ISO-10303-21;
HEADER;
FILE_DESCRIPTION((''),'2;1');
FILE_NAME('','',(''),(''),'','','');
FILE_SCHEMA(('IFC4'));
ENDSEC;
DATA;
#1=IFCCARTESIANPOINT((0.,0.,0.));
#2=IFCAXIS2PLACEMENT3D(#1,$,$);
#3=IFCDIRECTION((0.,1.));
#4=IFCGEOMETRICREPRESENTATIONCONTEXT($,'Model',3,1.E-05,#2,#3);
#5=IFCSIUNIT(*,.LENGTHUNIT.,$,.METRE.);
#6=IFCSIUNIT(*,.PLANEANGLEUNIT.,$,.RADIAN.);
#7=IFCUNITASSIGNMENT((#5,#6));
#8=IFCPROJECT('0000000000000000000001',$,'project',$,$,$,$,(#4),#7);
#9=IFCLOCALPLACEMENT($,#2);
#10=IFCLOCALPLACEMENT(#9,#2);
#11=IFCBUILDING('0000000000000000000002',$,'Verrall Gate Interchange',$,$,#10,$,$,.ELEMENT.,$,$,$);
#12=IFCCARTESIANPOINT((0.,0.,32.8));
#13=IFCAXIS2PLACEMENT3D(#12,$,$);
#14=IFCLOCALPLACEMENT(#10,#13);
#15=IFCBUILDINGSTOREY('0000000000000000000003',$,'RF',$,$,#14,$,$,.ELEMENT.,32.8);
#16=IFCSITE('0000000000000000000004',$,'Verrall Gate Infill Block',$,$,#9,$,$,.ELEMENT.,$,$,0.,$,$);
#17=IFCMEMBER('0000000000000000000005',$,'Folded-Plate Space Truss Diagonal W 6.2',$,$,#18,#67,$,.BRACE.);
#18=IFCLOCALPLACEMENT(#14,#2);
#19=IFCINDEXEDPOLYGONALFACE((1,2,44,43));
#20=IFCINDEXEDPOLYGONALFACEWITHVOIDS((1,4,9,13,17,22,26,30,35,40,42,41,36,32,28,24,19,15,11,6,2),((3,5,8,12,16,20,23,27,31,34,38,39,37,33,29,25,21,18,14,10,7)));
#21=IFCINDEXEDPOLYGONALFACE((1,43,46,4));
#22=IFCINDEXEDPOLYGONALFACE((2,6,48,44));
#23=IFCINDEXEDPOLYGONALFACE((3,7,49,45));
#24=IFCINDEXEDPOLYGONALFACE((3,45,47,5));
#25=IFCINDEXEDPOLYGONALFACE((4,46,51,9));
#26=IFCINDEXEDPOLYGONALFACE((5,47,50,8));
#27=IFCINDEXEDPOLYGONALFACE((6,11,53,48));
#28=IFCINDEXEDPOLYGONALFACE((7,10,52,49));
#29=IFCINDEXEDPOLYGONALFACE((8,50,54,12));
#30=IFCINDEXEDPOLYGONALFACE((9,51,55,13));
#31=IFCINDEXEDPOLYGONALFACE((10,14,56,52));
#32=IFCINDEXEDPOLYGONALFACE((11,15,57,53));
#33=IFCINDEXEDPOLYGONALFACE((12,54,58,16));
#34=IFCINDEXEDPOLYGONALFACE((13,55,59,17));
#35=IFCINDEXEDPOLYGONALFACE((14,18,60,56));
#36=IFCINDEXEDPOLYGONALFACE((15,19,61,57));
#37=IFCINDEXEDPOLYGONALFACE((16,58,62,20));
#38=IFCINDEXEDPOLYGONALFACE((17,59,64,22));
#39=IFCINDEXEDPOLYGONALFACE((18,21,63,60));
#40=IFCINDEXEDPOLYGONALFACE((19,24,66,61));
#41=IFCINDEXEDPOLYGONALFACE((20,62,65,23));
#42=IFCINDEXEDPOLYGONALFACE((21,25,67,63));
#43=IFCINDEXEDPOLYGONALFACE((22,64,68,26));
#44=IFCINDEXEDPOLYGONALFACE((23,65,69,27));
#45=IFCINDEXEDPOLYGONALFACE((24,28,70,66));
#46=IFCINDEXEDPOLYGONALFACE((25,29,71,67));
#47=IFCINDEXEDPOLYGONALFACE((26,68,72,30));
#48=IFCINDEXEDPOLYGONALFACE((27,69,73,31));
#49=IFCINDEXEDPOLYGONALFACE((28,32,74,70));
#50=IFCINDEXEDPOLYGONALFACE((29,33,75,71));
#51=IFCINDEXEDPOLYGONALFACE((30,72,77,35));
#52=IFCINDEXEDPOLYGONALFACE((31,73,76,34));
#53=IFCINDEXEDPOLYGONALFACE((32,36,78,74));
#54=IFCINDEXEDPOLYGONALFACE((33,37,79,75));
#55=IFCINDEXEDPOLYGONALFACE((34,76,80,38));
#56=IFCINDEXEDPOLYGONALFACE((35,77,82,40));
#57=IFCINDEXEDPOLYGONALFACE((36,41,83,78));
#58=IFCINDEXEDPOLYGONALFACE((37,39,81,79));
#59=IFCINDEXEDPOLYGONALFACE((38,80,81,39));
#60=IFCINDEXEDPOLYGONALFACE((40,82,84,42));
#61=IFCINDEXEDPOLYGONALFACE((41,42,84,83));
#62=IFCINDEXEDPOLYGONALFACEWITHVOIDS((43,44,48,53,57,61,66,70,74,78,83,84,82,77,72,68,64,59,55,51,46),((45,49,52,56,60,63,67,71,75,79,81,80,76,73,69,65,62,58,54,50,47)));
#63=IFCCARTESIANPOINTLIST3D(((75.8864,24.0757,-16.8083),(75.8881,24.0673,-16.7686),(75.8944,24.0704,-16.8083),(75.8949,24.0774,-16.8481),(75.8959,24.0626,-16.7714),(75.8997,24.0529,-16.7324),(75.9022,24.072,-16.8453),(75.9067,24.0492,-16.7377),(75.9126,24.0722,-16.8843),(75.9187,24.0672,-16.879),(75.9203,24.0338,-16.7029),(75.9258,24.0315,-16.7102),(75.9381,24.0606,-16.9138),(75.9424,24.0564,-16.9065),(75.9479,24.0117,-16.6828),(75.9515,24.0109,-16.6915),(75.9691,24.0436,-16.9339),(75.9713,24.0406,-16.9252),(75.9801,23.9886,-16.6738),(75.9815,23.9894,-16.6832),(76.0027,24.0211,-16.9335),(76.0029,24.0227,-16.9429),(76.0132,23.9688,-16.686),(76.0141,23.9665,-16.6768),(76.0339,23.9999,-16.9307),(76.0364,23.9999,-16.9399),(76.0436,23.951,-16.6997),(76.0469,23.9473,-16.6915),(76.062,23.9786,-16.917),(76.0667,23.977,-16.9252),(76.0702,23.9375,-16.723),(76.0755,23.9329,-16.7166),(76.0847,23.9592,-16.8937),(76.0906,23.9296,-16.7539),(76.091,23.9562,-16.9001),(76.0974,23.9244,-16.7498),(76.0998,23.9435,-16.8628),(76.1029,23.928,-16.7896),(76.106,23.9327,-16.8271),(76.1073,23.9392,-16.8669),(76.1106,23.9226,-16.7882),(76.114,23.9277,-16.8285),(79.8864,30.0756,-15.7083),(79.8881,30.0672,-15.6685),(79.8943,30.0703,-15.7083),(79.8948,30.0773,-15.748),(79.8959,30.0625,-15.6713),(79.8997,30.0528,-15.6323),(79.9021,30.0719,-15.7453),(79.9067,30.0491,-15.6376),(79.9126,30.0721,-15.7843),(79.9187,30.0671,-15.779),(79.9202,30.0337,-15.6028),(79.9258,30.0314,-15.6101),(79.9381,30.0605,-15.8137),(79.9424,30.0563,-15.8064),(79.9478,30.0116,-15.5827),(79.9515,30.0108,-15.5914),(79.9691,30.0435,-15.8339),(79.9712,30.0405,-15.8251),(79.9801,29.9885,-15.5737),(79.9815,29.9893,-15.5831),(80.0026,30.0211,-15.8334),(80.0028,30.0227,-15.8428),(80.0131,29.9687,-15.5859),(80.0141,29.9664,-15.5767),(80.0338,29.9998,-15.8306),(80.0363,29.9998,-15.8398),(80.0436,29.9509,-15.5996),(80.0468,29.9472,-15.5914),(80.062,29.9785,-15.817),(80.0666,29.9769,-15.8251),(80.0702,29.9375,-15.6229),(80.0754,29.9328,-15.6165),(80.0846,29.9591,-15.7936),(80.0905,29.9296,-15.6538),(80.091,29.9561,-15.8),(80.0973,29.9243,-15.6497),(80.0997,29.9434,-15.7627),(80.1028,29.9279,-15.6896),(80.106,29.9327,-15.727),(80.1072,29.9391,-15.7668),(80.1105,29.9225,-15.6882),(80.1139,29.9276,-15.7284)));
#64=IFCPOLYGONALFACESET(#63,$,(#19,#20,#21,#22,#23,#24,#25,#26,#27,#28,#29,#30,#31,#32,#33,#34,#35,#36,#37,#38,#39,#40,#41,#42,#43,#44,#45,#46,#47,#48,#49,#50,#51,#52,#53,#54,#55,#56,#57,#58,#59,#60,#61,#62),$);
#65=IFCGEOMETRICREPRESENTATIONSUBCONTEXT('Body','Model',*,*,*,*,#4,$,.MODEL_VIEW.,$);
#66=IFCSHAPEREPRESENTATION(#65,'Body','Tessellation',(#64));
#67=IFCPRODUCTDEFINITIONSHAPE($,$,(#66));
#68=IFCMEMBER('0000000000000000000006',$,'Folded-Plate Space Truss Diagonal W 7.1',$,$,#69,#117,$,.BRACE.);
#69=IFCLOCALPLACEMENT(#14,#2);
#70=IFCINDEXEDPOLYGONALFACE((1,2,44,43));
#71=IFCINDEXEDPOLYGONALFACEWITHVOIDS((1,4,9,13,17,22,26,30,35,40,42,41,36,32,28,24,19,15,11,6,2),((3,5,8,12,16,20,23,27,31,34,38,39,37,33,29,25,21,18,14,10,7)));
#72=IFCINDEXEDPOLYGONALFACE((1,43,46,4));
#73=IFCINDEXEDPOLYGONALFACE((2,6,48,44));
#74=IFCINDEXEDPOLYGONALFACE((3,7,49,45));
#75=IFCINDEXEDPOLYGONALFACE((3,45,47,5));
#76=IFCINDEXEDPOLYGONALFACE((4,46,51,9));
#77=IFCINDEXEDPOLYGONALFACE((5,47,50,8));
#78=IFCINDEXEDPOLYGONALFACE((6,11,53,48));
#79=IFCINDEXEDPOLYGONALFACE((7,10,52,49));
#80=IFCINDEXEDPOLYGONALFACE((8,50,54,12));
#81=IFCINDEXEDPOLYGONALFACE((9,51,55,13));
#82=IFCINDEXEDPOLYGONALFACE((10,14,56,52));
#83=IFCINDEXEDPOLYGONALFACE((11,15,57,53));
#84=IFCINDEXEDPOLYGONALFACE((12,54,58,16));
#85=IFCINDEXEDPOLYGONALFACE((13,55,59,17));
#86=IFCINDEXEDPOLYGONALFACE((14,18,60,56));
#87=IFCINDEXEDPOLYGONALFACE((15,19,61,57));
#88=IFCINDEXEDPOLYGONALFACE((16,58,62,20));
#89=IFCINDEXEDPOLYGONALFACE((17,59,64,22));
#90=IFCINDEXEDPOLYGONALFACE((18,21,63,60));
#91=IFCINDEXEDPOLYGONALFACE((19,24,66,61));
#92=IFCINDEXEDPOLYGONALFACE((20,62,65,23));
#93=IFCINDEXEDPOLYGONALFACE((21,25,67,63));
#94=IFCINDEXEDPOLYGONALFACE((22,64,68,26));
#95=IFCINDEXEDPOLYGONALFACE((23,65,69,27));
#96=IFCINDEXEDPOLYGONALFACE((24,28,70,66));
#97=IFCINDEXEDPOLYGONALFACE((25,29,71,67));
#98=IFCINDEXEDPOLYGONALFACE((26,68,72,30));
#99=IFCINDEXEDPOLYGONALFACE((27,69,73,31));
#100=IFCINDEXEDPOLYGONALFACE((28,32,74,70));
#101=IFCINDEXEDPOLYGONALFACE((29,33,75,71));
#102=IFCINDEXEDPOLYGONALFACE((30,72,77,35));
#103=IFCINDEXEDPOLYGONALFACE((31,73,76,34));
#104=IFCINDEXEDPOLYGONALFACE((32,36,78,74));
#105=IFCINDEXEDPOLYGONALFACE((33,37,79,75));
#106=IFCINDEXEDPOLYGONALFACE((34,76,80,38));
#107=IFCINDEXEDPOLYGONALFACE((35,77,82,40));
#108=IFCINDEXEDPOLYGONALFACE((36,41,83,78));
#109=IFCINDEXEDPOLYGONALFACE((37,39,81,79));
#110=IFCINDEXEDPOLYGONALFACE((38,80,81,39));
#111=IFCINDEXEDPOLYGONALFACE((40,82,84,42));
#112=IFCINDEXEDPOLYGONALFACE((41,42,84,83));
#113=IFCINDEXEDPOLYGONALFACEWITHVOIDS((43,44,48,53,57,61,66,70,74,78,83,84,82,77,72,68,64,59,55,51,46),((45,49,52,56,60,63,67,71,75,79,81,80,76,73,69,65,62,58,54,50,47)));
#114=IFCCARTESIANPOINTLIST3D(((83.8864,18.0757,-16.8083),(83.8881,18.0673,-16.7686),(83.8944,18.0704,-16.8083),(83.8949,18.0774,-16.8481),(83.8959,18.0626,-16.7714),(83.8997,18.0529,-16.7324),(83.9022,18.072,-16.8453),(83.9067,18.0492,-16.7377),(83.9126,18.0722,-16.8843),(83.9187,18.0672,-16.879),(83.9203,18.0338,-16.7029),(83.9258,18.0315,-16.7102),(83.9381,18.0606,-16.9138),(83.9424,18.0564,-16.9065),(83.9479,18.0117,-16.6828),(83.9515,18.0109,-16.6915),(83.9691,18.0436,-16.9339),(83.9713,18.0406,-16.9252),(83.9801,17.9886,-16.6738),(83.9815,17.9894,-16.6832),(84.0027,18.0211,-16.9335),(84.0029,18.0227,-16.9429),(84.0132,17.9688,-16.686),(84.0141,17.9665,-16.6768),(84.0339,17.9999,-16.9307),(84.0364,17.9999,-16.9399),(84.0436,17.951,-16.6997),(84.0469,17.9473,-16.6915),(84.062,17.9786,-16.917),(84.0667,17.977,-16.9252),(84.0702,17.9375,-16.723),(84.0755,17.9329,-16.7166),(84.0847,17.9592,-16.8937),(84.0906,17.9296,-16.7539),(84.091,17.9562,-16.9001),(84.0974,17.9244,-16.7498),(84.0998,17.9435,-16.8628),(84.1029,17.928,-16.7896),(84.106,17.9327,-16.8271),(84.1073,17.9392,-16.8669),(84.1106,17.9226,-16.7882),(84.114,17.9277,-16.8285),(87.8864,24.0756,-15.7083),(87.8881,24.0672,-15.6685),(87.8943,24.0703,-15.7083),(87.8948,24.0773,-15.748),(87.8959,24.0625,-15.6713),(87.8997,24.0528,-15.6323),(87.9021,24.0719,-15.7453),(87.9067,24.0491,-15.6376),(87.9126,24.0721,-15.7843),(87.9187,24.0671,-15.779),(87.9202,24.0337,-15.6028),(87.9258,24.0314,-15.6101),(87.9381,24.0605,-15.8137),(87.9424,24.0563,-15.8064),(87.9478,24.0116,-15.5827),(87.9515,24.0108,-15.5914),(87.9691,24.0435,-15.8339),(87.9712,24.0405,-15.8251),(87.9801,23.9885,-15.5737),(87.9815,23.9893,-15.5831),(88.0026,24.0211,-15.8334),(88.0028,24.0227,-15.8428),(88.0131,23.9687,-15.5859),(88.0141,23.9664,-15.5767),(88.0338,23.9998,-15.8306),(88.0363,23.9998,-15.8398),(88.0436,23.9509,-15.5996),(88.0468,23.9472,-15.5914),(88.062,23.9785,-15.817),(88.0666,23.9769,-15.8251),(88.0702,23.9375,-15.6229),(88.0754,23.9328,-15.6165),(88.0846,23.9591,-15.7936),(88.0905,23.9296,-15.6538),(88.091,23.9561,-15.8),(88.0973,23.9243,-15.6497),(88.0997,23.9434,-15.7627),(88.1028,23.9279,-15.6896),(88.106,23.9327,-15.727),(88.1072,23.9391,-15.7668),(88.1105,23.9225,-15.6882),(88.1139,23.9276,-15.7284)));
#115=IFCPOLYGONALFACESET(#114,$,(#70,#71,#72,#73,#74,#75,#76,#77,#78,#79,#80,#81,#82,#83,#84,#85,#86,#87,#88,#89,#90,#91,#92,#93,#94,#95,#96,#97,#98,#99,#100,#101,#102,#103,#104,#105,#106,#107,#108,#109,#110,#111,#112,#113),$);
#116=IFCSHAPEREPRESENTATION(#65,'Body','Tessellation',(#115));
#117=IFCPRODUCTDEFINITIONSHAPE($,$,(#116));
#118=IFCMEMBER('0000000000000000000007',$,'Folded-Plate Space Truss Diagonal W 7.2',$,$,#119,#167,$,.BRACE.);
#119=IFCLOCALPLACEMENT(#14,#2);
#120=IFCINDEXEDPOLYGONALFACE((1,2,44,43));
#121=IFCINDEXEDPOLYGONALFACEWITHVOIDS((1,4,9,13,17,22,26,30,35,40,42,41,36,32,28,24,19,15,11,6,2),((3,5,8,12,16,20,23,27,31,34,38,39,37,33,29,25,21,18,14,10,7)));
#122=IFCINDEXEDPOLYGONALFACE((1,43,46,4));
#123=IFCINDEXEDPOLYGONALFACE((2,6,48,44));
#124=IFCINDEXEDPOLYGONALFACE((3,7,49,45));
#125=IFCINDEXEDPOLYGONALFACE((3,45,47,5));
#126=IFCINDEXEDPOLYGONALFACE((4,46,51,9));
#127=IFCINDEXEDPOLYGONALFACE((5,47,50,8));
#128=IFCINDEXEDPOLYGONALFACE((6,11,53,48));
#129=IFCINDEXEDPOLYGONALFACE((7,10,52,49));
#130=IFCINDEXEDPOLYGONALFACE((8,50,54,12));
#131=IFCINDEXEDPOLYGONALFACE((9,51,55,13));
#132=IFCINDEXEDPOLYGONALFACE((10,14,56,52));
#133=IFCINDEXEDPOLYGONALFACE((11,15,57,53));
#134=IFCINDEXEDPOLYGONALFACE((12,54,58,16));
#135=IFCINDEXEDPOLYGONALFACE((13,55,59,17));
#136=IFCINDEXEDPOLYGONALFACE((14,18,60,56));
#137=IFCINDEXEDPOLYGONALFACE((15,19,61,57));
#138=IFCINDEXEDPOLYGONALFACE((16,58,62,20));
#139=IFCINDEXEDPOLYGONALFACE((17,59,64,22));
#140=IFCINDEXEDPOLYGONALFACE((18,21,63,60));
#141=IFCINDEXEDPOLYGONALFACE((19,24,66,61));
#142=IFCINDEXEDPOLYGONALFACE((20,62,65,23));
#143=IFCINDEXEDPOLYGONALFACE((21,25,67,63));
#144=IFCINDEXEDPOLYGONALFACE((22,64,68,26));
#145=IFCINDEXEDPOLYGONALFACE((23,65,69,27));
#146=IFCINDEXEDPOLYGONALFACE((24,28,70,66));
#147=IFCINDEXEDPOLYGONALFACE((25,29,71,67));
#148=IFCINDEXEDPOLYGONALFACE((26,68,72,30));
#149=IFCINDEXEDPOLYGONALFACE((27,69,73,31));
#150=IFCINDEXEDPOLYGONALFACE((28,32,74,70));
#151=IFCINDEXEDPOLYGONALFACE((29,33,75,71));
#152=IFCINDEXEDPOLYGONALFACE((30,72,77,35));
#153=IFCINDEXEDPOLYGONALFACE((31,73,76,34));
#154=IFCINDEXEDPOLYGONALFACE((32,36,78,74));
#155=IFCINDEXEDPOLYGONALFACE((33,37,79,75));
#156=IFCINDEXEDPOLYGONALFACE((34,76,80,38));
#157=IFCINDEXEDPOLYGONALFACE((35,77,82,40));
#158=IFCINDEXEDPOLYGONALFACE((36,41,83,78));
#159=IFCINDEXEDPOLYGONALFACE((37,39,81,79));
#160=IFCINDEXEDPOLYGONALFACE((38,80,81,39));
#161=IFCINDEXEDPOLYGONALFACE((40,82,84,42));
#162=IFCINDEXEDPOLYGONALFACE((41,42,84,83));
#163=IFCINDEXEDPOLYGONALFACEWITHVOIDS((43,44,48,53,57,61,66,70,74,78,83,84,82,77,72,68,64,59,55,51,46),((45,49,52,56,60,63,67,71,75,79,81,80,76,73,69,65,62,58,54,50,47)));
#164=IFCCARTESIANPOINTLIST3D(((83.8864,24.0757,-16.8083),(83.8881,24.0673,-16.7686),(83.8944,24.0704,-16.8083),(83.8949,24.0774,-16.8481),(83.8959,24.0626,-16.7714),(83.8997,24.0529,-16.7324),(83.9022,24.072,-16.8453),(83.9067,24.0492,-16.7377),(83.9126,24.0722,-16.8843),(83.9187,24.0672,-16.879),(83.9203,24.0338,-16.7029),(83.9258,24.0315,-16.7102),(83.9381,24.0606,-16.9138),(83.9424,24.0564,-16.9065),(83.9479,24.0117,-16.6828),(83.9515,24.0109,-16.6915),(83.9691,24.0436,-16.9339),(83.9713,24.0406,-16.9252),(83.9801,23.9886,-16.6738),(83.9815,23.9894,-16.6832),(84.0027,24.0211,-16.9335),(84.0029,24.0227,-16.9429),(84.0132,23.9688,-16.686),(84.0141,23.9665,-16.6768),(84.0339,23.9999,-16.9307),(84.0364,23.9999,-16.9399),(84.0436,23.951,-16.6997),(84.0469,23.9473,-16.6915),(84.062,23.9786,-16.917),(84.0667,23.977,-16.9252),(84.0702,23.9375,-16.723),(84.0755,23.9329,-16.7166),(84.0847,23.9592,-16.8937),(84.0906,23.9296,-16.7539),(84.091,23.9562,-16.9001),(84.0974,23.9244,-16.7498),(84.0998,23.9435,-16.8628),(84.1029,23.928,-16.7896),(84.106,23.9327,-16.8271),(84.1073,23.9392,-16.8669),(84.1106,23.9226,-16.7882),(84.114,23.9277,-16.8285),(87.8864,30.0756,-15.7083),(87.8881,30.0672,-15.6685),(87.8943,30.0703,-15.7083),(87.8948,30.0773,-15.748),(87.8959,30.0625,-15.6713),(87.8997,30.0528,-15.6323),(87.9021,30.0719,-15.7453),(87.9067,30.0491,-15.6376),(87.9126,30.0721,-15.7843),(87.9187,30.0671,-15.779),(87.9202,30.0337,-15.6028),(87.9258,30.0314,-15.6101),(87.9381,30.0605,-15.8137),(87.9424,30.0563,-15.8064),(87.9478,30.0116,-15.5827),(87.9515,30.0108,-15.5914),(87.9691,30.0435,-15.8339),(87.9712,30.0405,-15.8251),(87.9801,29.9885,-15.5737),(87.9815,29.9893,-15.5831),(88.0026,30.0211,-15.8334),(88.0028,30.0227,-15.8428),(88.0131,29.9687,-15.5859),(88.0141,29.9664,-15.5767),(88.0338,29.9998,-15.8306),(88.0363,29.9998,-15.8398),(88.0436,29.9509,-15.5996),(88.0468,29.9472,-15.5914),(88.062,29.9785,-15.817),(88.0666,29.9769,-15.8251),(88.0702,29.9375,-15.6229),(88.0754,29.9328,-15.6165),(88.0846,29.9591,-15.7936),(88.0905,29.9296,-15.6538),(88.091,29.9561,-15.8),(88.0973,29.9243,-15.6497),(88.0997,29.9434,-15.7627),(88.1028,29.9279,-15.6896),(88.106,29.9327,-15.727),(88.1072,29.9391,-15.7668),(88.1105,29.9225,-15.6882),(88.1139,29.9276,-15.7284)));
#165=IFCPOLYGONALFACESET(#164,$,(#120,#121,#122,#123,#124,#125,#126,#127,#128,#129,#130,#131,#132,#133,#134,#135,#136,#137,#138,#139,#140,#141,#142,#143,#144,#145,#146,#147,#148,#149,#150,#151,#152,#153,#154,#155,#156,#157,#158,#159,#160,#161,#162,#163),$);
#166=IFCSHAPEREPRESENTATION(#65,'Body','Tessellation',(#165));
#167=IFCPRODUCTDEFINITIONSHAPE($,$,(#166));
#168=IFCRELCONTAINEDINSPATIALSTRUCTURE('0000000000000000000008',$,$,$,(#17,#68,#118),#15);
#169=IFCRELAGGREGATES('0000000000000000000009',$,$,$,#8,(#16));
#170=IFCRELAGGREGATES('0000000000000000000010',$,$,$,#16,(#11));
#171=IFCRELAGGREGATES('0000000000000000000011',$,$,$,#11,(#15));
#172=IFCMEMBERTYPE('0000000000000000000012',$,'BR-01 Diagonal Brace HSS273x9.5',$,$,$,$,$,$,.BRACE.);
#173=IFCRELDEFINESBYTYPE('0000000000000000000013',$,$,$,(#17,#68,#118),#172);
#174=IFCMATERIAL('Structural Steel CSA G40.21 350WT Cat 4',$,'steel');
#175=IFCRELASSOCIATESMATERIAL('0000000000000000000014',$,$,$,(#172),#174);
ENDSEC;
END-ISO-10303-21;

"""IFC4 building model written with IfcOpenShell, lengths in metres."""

from ifc_helpers import new_model, si_unit, direction, frame, origin, origin_2d, place, context, subcontext, project, spatial, hollow_circle, extrude, material, material_profile, profile_set, type_object, element, save


model = new_model("IFC4")

# Units and contexts
model_context = context("Model", 3, precision=1e-05, world=origin(), true_north=direction((0.0, 1.0)))
body_context = subcontext(model_context, "Body", "Model", "MODEL_VIEW")
ifc_project = project(units=[si_unit("LENGTHUNIT", "METRE"), si_unit("PLANEANGLEUNIT", "RADIAN")], contexts=[model_context])

# Site, building, storey
site_placement = place(None, origin())
site = spatial("IfcSite", under=ifc_project, at=site_placement, Name="Verrall Gate Infill Block", CompositionType="ELEMENT", RefElevation=0.0)
building_placement = place(site_placement, origin())
building = spatial("IfcBuilding", under=site, at=building_placement, Name="Verrall Gate Interchange", CompositionType="ELEMENT")
storey_placement = place(building_placement, frame((0.0, 0.0, 32.8)))
storey = spatial("IfcBuildingStorey", under=building, at=storey_placement, Name="RF", CompositionType="ELEMENT", Elevation=32.8)

# Members
ifc_material_1 = material(Name="Structural Steel CSA G40.21 350WT Cat 4", Category="steel")
ifc_material_profile_1 = material_profile(ifc_material_1, hollow_circle(Radius=0.1365, WallThickness=0.0095, at=origin_2d()), Name="HSS273x9.5")
ifc_profile_set_1 = profile_set([ifc_material_profile_1], Name="Structural Steel CSA G40.21 350WT Cat 4")
member_type_1 = type_object("IfcMemberType", Name="BR-01 Diagonal Brace HSS273x9.5", PredefinedType="BRACE", material=ifc_profile_set_1)
for number, where, z_axis, x_axis, name in (
    (1, (76.0, 24.0, -16.8083), (0.548356, 0.822534, 0.150811), (-0.83205, 0.5547, 0.0), "Folded-Plate Space Truss Diagonal W 6.2"),
    (2, (84.0, 18.0, -16.8083), (0.548356, 0.822534, 0.150811), (-0.83205, 0.5547, 0.0), "Folded-Plate Space Truss Diagonal W 7.1"),
    (3, (84.0, 24.0, -16.8083), (0.548356, 0.822534, 0.150811), (-0.83205, 0.5547, 0.0), "Folded-Plate Space Truss Diagonal W 7.2"),
):
    element("IfcMember", number, at=place(storey_placement, frame(where, z_axis=z_axis, x_axis=x_axis)), inside=storey, type_object=member_type_1, Name=name, PredefinedType="BRACE", context=body_context, shape_type="SweptSolid", body=[
        extrude(hollow_circle(Radius=0.1365, WallThickness=0.0095, at=origin_2d()), origin(), (0.0, 0.0, 1.0), 7.2944),
    ])

save(model, "model.ifc")
